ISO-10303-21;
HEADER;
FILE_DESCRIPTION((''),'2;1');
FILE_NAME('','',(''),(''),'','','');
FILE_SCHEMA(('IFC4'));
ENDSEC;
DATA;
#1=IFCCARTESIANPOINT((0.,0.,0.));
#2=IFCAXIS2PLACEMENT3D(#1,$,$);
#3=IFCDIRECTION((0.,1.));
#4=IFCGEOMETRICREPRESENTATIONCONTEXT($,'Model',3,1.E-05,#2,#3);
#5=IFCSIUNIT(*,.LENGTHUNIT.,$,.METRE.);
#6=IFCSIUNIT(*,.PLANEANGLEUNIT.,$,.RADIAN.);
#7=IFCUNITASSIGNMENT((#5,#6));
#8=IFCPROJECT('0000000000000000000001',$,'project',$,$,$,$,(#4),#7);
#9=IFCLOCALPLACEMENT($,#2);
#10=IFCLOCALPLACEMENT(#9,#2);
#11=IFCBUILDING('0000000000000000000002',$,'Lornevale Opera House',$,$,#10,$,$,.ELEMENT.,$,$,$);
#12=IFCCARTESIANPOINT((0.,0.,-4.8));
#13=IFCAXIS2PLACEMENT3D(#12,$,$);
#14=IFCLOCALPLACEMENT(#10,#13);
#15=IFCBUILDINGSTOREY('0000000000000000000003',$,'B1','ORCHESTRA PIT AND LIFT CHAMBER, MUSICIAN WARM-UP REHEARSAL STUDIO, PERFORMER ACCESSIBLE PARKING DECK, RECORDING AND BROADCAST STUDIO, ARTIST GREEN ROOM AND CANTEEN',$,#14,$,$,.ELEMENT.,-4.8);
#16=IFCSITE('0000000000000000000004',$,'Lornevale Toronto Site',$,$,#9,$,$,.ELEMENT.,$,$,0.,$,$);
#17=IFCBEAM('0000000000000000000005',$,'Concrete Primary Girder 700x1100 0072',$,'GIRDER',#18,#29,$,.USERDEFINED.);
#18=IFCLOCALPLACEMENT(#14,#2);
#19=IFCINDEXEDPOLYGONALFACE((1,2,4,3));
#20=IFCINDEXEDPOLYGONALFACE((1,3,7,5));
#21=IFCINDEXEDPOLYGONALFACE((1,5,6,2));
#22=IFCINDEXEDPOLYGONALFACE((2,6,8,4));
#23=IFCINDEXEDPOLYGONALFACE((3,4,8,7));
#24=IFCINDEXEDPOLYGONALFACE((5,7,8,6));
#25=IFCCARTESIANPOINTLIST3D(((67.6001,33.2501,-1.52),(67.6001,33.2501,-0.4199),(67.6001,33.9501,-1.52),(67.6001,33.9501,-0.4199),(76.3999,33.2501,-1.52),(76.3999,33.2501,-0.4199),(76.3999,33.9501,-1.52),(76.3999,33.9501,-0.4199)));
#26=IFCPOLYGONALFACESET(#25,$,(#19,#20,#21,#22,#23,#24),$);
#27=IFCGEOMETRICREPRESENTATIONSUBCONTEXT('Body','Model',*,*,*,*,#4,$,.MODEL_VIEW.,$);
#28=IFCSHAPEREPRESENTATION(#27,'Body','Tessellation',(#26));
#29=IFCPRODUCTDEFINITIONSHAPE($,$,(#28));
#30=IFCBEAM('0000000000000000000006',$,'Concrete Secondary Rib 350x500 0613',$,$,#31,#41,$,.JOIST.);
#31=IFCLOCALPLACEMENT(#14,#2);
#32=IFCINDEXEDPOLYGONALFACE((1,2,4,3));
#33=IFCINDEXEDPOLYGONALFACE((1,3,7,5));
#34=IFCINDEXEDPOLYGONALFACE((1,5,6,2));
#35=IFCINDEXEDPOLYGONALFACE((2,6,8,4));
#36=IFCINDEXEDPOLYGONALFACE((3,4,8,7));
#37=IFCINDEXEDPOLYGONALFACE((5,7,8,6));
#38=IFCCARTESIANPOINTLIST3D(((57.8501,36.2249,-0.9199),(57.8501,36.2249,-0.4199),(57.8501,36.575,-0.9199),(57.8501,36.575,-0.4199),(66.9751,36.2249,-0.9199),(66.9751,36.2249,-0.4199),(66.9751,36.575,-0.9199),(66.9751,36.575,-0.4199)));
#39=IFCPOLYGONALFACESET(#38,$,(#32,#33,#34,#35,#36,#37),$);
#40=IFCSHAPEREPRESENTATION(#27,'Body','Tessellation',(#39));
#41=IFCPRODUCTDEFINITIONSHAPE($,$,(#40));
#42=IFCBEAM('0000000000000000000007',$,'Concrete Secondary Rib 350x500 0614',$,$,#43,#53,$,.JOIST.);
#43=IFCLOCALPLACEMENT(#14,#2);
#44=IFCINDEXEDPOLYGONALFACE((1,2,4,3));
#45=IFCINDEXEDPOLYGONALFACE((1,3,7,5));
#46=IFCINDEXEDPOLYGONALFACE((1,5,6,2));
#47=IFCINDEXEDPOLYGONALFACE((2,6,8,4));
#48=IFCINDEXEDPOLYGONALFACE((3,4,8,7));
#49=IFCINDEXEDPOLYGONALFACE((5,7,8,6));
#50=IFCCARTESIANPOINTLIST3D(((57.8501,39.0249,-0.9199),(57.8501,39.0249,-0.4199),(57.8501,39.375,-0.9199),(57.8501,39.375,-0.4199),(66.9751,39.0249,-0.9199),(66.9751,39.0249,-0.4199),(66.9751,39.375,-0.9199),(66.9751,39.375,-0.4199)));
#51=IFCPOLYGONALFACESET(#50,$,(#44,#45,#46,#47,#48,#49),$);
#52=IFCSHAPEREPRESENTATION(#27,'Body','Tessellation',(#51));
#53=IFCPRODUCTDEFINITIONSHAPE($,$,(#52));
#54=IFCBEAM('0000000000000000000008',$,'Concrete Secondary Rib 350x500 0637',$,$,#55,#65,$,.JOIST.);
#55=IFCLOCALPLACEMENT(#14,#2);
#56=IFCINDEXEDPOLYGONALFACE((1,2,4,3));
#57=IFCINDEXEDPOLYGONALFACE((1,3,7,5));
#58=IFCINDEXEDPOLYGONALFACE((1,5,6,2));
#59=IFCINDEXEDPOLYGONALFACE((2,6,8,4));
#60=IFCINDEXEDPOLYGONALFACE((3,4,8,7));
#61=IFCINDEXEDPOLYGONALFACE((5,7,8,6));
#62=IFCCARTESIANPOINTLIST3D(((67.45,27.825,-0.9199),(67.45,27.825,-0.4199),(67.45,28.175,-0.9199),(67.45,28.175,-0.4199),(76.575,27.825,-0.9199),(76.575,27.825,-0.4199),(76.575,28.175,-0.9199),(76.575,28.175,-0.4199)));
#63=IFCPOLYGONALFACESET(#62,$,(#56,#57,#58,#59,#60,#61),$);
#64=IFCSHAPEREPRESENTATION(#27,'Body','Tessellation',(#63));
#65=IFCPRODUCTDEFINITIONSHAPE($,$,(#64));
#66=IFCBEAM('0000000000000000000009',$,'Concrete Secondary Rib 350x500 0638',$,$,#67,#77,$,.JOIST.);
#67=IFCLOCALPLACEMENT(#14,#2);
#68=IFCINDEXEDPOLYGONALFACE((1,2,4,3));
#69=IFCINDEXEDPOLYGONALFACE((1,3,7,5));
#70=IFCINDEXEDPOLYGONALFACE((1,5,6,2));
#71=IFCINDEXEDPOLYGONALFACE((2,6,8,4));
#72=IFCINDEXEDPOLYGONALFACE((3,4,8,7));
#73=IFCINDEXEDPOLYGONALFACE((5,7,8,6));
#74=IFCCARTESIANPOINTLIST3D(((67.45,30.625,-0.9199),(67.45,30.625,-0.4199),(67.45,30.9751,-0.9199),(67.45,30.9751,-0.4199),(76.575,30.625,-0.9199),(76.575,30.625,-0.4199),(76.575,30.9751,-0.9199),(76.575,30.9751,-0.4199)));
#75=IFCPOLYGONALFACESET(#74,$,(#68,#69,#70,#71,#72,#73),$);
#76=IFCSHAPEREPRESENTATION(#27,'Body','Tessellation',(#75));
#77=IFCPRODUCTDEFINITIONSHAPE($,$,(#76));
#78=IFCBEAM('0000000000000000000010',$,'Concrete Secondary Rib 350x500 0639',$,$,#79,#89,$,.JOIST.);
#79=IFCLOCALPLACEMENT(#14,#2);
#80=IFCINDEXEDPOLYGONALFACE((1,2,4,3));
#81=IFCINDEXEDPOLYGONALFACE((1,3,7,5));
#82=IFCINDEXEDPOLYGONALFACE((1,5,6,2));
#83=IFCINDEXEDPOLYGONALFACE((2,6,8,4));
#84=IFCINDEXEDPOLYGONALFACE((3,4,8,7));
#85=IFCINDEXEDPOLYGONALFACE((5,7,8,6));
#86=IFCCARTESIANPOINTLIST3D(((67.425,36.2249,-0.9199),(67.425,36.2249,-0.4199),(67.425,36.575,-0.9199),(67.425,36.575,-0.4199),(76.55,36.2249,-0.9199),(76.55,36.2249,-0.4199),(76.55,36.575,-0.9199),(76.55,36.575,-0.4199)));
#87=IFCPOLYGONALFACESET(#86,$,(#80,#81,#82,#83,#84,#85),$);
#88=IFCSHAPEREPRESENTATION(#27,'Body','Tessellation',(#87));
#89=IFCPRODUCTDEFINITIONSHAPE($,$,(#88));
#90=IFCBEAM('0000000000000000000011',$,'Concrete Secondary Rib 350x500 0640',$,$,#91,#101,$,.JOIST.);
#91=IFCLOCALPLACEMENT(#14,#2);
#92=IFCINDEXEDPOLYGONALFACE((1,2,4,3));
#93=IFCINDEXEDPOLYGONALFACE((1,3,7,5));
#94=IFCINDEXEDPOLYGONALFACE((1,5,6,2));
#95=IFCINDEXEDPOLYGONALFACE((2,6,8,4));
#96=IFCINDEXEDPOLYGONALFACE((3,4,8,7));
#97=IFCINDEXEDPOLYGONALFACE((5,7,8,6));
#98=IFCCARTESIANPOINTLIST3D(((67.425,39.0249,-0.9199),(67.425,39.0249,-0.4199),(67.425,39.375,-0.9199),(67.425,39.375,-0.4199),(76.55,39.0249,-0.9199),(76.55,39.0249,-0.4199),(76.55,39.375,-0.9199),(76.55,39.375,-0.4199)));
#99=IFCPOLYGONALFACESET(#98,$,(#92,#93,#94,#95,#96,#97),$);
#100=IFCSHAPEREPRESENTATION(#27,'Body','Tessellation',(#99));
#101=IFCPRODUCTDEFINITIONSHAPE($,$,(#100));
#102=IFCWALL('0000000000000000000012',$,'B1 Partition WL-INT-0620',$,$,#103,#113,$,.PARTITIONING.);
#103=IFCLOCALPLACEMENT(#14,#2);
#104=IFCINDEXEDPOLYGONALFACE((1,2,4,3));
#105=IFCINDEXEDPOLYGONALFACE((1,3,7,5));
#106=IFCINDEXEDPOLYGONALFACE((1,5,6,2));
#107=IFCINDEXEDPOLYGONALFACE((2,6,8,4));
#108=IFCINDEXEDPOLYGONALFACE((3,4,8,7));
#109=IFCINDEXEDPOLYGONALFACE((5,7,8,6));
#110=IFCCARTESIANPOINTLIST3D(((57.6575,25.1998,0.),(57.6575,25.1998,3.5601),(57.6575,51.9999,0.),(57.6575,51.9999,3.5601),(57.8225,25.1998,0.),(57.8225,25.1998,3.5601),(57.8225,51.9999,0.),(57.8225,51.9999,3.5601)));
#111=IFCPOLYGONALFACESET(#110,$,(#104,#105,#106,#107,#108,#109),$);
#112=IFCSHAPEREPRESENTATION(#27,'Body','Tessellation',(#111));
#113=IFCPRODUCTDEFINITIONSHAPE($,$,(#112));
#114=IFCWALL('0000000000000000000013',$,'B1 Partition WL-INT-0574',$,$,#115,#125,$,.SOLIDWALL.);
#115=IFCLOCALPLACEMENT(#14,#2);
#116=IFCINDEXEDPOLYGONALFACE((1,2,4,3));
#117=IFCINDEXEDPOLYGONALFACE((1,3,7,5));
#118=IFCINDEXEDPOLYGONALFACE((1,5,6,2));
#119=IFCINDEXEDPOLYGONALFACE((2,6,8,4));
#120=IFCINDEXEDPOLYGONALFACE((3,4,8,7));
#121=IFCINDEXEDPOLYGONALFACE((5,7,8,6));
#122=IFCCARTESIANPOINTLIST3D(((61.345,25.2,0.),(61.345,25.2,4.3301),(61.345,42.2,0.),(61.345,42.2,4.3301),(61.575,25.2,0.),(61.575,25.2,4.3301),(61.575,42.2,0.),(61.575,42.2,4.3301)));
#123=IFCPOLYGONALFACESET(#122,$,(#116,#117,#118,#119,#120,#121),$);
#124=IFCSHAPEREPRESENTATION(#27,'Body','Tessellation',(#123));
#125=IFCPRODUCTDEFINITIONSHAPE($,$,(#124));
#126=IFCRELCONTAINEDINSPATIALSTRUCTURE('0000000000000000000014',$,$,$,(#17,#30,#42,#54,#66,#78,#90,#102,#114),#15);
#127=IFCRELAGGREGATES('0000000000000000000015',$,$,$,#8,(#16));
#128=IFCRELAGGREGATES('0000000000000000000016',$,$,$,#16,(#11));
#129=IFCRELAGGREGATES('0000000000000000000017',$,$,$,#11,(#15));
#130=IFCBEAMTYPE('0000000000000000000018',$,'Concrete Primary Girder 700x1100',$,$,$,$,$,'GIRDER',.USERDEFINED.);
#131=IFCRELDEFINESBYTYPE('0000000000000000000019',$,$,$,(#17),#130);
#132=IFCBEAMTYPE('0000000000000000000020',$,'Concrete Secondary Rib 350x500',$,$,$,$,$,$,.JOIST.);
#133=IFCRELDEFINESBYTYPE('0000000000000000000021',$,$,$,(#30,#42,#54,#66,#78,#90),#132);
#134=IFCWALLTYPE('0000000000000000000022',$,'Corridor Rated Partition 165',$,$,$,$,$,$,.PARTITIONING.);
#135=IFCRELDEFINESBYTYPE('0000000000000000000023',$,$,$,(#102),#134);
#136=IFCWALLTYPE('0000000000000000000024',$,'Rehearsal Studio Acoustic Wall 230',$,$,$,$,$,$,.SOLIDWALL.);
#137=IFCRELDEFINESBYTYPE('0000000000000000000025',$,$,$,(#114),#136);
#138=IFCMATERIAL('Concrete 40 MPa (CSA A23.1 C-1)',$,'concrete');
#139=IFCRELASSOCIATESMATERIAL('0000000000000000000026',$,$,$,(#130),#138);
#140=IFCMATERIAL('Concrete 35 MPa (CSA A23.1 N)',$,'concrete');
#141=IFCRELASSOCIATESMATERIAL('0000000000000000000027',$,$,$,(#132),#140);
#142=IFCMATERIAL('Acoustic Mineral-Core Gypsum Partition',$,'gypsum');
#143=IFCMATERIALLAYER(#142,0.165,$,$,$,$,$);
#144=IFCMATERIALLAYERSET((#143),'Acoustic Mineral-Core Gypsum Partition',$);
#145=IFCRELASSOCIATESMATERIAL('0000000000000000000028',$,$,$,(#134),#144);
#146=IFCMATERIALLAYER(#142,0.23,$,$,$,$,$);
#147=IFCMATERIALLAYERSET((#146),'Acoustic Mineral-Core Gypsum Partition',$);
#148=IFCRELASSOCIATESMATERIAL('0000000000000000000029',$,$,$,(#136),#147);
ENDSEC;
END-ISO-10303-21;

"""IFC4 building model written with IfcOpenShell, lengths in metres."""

from ifc_helpers import new_model, si_unit, direction, frame, frame_2d, origin, origin_2d, place, context, subcontext, project, spatial, rectangle, extrude, material, layer, layer_set, material_profile, profile_set, type_object, element, save


model = new_model("IFC4")

# Units and contexts
model_context = context("Model", 3, precision=1e-05, world=origin(), true_north=direction((0.0, 1.0)))
body_context = subcontext(model_context, "Body", "Model", "MODEL_VIEW")
ifc_project = project(units=[si_unit("LENGTHUNIT", "METRE"), si_unit("PLANEANGLEUNIT", "RADIAN")], contexts=[model_context])

# Site, building, storey
site_placement = place(None, origin())
site = spatial("IfcSite", under=ifc_project, at=site_placement, Name="Lornevale Toronto Site", CompositionType="ELEMENT", RefElevation=0.0)
building_placement = place(site_placement, origin())
building = spatial("IfcBuilding", under=site, at=building_placement, Name="Lornevale Opera House", CompositionType="ELEMENT")
storey_placement = place(building_placement, frame((0.0, 0.0, -4.8)))
storey = spatial("IfcBuildingStorey", under=building, at=storey_placement, Name="B1", Description="ORCHESTRA PIT AND LIFT CHAMBER, MUSICIAN WARM-UP REHEARSAL STUDIO, PERFORMER ACCESSIBLE PARKING DECK, RECORDING AND BROADCAST STUDIO, ARTIST GREEN ROOM AND CANTEEN", CompositionType="ELEMENT", Elevation=-4.8)

# Shared definitions
ifc_material_1 = material(Name="Concrete 40 MPa (CSA A23.1 C-1)", Category="concrete")
ifc_material_2 = material(Name="Concrete 35 MPa (CSA A23.1 N)", Category="concrete")

# Beams
ifc_material_profile_1 = material_profile(ifc_material_1, rectangle(XDim=0.7, YDim=1.1001, at=origin_2d()), Name="RC700x1100")
ifc_profile_set_1 = profile_set([ifc_material_profile_1], Name="Concrete 40 MPa (CSA A23.1 C-1)")
beam_type_1 = type_object("IfcBeamType", Name="Concrete Primary Girder 700x1100", ElementType="GIRDER", PredefinedType="USERDEFINED", material=ifc_profile_set_1)
beam_1_placement = place(storey_placement, frame((67.6001, 33.6001, -0.97), z_axis=(1.0, 0.0, 0.0), x_axis=(0.0, 1.0, 0.0)))
element("IfcBeam", 1, at=beam_1_placement, inside=storey, type_object=beam_type_1, Name="Concrete Primary Girder 700x1100 0072", ObjectType="GIRDER", PredefinedType="USERDEFINED", context=body_context, shape_type="SweptSolid", body=[
    extrude(rectangle(XDim=0.7, YDim=1.1001, at=origin_2d()), origin(), (0.0, 0.0, 1.0), 8.7998),
])
ifc_material_profile_2 = material_profile(ifc_material_2, rectangle(XDim=0.3501, YDim=0.5, at=origin_2d()), Name="RC350x500")
ifc_profile_set_2 = profile_set([ifc_material_profile_2], Name="Concrete 35 MPa (CSA A23.1 N)")
beam_type_2 = type_object("IfcBeamType", Name="Concrete Secondary Rib 350x500", PredefinedType="JOIST", material=ifc_profile_set_2)
for number, where, z_axis, x_axis, name in (
    (2, (57.8501, 36.3999, -0.6699), (1.0, 0.0, 0.0), (0.0, 1.0, 0.0), "Concrete Secondary Rib 350x500 0613"),
    (3, (57.8501, 39.2, -0.6699), (1.0, 0.0, 0.0), (0.0, 1.0, 0.0), "Concrete Secondary Rib 350x500 0614"),
    (4, (67.45, 28.0, -0.6699), (1.0, 0.0, 0.0), (0.0, 1.0, 0.0), "Concrete Secondary Rib 350x500 0637"),
    (5, (67.45, 30.8, -0.6699), (1.0, 0.0, 0.0), (0.0, 1.0, 0.0), "Concrete Secondary Rib 350x500 0638"),
    (6, (67.425, 36.3999, -0.6699), (1.0, 0.0, 0.0), (0.0, 1.0, 0.0), "Concrete Secondary Rib 350x500 0639"),
    (7, (67.425, 39.2, -0.6699), (1.0, 0.0, 0.0), (0.0, 1.0, 0.0), "Concrete Secondary Rib 350x500 0640"),
):
    element("IfcBeam", number, at=place(storey_placement, frame(where, z_axis=z_axis, x_axis=x_axis)), inside=storey, type_object=beam_type_2, Name=name, PredefinedType="JOIST", context=body_context, shape_type="SweptSolid", body=[
        extrude(rectangle(XDim=0.3501, YDim=0.5, at=origin_2d()), origin(), (0.0, 0.0, 1.0), 9.125),
    ])

# Walls
ifc_material_3 = material(Name="Acoustic Mineral-Core Gypsum Partition", Category="gypsum")
ifc_layer_1 = layer(ifc_material_3, 0.165)
ifc_layer_set_1 = layer_set([ifc_layer_1], Name="Acoustic Mineral-Core Gypsum Partition")
wall_type_1 = type_object("IfcWallType", Name="Corridor Rated Partition 165", PredefinedType="PARTITIONING", material=ifc_layer_set_1)
wall_1_placement = place(storey_placement, frame((57.74, 25.2, 0.0), z_axis=(0.0, 0.0, 1.0), x_axis=(0.0, 1.0, 0.0)))
element("IfcWall", 8, at=wall_1_placement, inside=storey, type_object=wall_type_1, Name="B1 Partition WL-INT-0620", PredefinedType="PARTITIONING", context=body_context, shape_type="SweptSolid", body=[
    extrude(rectangle(XDim=26.8, YDim=0.165, at=frame_2d((13.3999, 0.0))), origin(), (0.0, 0.0, 1.0), 3.5601),
])
ifc_layer_2 = layer(ifc_material_3, 0.23)
ifc_layer_set_2 = layer_set([ifc_layer_2], Name="Acoustic Mineral-Core Gypsum Partition")
wall_type_2 = type_object("IfcWallType", Name="Rehearsal Studio Acoustic Wall 230", PredefinedType="SOLIDWALL", material=ifc_layer_set_2)
wall_2_placement = place(storey_placement, frame((61.46, 25.2, 0.0), z_axis=(0.0, 0.0, 1.0), x_axis=(0.0, 1.0, 0.0)))
element("IfcWall", 9, at=wall_2_placement, inside=storey, type_object=wall_type_2, Name="B1 Partition WL-INT-0574", PredefinedType="SOLIDWALL", context=body_context, shape_type="SweptSolid", body=[
    extrude(rectangle(XDim=17.0, YDim=0.23, at=frame_2d((8.5, 0.0))), origin(), (0.0, 0.0, 1.0), 4.3301),
])

save(model, "model.ifc")
